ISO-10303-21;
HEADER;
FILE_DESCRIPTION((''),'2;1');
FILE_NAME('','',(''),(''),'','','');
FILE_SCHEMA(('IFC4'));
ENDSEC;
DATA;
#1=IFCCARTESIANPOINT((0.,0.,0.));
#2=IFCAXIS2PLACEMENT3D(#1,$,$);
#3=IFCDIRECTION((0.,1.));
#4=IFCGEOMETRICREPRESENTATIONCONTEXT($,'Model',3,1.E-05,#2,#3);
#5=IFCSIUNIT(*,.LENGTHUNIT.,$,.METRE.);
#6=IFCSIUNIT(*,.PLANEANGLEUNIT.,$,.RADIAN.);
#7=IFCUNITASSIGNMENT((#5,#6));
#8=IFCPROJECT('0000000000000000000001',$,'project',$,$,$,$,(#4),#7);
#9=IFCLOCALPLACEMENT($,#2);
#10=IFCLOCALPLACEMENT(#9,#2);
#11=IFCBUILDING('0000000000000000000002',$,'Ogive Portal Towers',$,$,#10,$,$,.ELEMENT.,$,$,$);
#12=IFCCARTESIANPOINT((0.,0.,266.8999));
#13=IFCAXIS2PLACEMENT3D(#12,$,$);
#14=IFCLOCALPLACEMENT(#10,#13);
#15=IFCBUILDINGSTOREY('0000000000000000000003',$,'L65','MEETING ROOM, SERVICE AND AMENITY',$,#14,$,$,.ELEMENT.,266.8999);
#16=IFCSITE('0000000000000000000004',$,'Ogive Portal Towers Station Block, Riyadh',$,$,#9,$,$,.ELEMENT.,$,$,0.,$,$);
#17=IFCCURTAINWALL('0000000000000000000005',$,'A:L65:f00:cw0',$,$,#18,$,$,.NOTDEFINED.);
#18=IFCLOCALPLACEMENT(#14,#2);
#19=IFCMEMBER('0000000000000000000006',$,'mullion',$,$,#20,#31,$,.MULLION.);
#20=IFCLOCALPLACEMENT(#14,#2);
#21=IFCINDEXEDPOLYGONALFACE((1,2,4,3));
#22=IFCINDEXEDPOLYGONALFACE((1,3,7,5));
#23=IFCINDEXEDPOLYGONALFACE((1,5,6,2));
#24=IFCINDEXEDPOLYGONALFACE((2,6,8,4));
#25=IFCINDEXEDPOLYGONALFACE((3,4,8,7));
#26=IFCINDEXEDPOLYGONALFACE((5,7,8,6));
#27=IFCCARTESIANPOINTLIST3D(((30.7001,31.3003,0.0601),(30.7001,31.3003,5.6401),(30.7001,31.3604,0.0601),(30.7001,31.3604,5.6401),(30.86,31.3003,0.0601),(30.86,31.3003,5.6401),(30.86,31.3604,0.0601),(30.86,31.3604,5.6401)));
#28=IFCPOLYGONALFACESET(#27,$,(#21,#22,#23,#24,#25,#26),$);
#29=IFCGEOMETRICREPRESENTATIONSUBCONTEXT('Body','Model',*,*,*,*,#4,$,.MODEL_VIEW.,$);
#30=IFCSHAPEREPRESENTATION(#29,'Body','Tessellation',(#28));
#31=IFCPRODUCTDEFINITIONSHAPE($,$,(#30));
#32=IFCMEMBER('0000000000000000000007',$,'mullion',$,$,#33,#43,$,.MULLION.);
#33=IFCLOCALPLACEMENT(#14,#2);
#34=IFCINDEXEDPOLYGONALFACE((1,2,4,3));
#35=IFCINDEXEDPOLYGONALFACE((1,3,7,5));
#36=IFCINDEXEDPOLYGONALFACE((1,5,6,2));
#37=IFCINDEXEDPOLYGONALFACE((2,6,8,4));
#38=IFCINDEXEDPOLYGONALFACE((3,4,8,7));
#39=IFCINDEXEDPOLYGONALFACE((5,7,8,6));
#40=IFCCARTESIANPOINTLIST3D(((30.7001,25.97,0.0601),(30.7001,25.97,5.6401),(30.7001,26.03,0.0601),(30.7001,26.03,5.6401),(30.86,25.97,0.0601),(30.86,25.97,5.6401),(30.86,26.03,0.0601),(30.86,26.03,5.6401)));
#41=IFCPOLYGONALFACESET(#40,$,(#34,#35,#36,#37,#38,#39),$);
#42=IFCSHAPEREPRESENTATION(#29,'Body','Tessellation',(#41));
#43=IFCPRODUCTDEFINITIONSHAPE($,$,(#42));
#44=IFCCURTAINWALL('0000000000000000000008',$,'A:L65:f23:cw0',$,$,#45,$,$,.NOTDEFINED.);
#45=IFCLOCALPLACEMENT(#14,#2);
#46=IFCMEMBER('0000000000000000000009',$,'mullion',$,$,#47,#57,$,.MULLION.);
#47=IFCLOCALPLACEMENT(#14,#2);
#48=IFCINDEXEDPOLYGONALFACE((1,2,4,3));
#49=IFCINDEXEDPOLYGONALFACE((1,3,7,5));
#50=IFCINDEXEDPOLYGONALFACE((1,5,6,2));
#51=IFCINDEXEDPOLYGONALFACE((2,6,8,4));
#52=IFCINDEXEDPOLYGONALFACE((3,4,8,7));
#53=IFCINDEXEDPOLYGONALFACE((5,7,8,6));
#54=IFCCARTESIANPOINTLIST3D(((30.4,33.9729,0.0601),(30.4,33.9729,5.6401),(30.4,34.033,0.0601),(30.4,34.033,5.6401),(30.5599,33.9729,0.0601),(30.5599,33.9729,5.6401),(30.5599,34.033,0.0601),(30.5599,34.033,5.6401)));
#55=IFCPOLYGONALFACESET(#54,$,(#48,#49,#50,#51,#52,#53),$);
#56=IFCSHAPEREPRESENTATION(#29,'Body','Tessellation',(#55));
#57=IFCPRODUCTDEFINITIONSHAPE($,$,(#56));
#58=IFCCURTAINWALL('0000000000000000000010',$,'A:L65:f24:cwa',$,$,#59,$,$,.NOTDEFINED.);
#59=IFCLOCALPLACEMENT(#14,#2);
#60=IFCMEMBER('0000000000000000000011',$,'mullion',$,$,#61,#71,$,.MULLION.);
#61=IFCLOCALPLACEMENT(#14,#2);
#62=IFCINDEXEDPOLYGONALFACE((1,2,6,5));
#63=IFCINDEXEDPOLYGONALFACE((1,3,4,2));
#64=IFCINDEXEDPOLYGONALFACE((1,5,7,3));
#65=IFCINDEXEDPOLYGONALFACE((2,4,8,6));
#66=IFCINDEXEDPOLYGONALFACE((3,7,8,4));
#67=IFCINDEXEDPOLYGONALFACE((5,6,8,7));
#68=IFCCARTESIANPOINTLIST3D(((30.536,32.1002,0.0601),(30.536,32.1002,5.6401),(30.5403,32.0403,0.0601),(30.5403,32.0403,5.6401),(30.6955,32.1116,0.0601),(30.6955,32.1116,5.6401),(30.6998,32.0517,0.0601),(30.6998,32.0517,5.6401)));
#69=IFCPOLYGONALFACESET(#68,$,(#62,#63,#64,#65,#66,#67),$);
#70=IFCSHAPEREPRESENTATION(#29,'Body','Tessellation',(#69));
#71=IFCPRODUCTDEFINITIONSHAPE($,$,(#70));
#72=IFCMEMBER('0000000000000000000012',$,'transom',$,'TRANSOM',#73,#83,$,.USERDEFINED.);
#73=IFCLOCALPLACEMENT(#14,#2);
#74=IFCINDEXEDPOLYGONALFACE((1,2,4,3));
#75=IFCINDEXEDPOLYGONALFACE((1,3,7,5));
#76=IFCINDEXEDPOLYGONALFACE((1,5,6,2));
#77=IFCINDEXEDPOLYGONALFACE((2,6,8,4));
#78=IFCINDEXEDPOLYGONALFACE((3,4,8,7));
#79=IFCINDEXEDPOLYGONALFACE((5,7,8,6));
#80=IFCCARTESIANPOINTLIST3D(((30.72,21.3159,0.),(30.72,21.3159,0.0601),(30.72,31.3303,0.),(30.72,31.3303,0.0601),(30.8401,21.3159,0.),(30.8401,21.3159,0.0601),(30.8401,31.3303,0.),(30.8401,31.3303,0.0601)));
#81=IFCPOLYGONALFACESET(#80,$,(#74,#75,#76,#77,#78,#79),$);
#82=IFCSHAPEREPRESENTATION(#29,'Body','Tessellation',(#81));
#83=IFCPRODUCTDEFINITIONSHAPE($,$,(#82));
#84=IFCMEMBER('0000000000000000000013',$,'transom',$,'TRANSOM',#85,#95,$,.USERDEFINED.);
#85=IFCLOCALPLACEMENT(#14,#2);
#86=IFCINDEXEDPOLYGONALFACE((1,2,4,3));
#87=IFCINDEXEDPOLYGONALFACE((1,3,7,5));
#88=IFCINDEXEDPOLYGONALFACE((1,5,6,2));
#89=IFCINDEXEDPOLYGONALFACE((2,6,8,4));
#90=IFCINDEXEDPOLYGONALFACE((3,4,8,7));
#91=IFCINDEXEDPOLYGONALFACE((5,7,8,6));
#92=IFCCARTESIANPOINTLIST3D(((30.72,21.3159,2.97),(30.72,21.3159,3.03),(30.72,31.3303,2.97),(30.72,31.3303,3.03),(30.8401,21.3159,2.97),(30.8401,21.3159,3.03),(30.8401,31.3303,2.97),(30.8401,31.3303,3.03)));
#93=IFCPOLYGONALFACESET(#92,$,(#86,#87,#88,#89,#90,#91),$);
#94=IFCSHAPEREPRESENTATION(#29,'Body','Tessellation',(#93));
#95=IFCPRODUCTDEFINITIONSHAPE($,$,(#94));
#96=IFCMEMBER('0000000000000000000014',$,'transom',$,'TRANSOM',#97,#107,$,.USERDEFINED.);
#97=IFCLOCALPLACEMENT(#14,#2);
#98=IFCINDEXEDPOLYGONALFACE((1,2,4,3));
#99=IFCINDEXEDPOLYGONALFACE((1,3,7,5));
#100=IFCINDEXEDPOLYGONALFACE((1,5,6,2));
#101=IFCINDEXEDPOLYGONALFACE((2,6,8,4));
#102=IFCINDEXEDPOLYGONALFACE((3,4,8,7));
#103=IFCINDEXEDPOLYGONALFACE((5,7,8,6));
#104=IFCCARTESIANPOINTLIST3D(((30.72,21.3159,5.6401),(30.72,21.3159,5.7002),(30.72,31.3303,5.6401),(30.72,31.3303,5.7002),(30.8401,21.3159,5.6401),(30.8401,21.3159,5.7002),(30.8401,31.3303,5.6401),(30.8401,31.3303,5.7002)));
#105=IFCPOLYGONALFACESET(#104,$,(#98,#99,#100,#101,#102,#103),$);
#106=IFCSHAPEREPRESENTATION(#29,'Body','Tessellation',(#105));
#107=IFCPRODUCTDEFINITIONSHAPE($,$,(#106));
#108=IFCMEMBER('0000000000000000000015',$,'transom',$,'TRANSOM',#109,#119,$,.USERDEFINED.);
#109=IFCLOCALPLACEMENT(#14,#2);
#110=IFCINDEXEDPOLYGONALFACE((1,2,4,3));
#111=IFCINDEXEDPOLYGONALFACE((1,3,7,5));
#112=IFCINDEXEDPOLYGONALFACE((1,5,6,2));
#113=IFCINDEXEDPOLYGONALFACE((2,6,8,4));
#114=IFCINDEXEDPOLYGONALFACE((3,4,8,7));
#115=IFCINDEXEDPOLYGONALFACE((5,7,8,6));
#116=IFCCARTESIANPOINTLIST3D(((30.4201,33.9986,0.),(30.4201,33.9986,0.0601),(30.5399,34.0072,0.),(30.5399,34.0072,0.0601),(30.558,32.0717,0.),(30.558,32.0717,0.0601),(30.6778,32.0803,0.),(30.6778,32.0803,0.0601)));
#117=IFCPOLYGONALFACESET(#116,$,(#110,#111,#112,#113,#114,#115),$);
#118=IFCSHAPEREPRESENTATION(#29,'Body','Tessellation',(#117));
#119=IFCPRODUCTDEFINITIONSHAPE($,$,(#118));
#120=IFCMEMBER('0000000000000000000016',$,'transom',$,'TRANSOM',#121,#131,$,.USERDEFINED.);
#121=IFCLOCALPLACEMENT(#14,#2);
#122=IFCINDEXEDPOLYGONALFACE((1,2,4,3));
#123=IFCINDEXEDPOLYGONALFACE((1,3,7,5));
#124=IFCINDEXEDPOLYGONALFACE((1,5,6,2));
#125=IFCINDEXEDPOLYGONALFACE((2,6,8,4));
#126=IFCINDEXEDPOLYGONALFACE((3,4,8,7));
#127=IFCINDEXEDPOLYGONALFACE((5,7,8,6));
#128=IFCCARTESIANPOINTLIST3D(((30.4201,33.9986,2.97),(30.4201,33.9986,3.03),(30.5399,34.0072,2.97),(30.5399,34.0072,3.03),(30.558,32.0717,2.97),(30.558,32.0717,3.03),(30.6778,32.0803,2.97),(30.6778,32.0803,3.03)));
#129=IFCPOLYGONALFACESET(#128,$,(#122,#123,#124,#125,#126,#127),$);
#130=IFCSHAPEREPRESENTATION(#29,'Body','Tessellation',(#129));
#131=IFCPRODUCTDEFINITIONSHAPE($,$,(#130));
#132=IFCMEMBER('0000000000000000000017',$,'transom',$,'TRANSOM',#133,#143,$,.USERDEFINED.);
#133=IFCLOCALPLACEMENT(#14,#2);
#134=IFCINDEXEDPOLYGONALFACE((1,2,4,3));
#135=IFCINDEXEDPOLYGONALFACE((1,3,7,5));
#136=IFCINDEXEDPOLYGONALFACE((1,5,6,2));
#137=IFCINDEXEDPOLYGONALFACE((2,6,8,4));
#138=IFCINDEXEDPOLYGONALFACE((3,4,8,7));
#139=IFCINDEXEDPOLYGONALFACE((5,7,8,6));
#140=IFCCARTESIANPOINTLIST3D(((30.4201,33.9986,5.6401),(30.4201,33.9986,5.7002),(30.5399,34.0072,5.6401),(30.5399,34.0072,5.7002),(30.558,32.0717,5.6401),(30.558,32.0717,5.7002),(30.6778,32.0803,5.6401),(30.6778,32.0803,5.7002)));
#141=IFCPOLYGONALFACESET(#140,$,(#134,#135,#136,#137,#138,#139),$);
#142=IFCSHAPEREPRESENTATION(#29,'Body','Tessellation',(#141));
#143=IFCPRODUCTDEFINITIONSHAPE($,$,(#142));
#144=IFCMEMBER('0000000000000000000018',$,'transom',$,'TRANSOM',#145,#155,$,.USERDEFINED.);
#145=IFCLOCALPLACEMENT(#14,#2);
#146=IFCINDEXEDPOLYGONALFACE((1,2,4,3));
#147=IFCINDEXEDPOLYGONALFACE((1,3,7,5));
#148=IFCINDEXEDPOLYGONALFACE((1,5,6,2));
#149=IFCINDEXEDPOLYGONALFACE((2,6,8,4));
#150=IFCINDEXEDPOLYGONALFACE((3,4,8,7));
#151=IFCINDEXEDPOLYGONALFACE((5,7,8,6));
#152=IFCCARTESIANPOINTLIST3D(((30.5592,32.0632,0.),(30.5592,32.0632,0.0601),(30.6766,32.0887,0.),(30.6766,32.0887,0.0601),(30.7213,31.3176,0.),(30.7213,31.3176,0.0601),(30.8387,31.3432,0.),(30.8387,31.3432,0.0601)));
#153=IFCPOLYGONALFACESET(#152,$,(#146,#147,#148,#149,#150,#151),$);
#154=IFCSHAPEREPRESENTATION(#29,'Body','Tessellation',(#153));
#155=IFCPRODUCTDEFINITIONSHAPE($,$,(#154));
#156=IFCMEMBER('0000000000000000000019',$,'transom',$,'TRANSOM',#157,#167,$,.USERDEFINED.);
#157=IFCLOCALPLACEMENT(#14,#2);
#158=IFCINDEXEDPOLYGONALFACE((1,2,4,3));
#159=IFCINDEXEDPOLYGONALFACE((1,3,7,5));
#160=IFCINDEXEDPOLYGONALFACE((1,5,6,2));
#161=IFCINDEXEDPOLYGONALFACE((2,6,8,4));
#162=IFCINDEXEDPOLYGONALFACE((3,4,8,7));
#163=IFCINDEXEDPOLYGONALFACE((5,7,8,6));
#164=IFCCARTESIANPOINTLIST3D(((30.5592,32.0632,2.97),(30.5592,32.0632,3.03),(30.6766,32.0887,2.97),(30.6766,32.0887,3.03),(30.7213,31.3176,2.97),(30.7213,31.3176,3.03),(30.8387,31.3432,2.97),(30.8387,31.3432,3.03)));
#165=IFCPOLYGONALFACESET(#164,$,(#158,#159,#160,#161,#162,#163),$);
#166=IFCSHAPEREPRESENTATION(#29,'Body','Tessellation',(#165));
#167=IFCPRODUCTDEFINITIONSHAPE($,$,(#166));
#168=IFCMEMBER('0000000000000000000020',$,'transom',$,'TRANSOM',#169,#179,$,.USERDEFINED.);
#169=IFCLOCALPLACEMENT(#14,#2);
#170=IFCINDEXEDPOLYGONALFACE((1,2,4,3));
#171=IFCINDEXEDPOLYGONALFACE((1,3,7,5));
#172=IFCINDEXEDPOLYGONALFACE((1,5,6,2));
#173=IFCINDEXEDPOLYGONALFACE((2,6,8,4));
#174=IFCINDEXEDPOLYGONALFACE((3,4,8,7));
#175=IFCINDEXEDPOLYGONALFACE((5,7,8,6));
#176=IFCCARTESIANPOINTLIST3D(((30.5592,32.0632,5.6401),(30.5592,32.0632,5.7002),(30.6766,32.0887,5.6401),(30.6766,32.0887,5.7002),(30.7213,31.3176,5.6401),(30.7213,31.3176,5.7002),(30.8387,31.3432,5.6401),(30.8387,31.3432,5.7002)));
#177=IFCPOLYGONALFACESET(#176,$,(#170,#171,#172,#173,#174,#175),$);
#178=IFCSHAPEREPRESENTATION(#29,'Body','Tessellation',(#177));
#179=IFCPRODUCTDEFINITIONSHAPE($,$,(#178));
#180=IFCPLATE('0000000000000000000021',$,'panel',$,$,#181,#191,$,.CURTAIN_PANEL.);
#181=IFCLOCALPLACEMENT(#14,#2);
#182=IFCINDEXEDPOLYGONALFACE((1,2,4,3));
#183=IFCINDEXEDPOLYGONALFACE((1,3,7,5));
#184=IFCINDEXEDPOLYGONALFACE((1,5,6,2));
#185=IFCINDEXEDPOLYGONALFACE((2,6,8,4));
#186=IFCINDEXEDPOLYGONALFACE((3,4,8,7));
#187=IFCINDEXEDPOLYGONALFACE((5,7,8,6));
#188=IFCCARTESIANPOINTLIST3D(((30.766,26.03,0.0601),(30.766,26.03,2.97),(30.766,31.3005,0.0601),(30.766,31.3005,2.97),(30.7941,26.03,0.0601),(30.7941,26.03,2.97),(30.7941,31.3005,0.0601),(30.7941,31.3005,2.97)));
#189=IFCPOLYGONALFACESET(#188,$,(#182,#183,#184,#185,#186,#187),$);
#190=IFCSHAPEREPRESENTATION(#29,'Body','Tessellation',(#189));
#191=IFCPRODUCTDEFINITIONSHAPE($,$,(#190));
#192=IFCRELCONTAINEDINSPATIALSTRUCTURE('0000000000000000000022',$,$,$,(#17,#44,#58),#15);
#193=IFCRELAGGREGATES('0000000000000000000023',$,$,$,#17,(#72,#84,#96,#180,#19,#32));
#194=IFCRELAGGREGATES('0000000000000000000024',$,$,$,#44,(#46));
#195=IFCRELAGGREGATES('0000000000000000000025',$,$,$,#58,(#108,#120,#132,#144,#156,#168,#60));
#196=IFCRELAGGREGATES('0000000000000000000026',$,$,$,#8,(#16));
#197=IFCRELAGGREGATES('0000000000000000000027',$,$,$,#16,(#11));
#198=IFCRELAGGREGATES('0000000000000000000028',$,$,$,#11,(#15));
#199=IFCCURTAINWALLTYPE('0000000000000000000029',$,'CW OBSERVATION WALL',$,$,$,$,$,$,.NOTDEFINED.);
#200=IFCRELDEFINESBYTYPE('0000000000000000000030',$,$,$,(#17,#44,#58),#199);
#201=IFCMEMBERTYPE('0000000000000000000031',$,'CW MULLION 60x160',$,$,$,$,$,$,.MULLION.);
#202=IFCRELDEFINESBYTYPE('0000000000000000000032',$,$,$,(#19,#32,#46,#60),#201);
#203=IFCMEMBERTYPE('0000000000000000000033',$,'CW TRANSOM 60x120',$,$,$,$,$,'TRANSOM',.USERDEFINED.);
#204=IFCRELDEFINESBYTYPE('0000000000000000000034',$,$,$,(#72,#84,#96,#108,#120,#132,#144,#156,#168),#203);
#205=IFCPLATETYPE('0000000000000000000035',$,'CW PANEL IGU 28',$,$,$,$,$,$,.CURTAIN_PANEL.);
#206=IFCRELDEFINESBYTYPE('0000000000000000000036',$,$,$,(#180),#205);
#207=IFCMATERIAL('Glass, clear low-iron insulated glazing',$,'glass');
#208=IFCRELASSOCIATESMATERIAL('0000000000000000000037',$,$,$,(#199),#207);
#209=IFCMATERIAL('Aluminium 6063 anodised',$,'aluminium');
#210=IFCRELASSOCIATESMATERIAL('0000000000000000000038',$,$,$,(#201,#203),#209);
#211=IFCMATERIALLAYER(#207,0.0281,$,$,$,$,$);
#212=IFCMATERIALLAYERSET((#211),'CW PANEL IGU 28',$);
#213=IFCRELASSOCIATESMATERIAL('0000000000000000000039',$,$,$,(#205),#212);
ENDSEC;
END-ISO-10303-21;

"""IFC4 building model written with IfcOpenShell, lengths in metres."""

from ifc_helpers import new_model, si_unit, direction, frame, origin, origin_2d, place, context, subcontext, project, spatial, rectangle, extrude, material, layer, layer_set, material_profile, profile_set, type_object, element, aggregate, save


model = new_model("IFC4")

# Units and contexts
model_context = context("Model", 3, precision=1e-05, world=origin(), true_north=direction((0.0, 1.0)))
body_context = subcontext(model_context, "Body", "Model", "MODEL_VIEW")
ifc_project = project(units=[si_unit("LENGTHUNIT", "METRE"), si_unit("PLANEANGLEUNIT", "RADIAN")], contexts=[model_context])

# Site, building, storey
site_placement = place(None, origin())
site = spatial("IfcSite", under=ifc_project, at=site_placement, Name="Ogive Portal Towers Station Block, Riyadh", CompositionType="ELEMENT", RefElevation=0.0)
building_placement = place(site_placement, origin())
building = spatial("IfcBuilding", under=site, at=building_placement, Name="Ogive Portal Towers", CompositionType="ELEMENT")
storey_placement = place(building_placement, frame((0.0, 0.0, 266.8999)))
storey = spatial("IfcBuildingStorey", under=building, at=storey_placement, Name="L65", Description="MEETING ROOM, SERVICE AND AMENITY", CompositionType="ELEMENT", Elevation=266.8999)

# Curtain wall, members
ifc_material_1 = material(Name="Glass, clear low-iron insulated glazing", Category="glass")
curtain_wall_type = type_object("IfcCurtainWallType", Name="CW OBSERVATION WALL", PredefinedType="NOTDEFINED", material=ifc_material_1)
curtain_wall_1_placement = place(storey_placement, origin())
curtain_wall_1 = element("IfcCurtainWall", 1, at=curtain_wall_1_placement, inside=storey, type_object=curtain_wall_type, Name="A:L65:f00:cw0", PredefinedType="NOTDEFINED")
ifc_material_2 = material(Name="Aluminium 6063 anodised", Category="aluminium")
ifc_material_profile_1 = material_profile(ifc_material_2, rectangle(XDim=0.1599, YDim=0.0601, at=origin_2d()), Name="AL 60x160")
ifc_profile_set_1 = profile_set([ifc_material_profile_1], Name="Aluminium 6063 anodised")
member_type_1 = type_object("IfcMemberType", Name="CW MULLION 60x160", PredefinedType="MULLION", material=ifc_profile_set_1)
member_1_placement = place(storey_placement, frame((30.78, 31.3303, 0.0601), z_axis=(0.0, 0.0, 1.0), x_axis=(1.0, 0.0, 0.0)))
member_1 = element("IfcMember", 2, at=member_1_placement, type_object=member_type_1, Name="mullion", PredefinedType="MULLION", context=body_context, shape_type="SweptSolid", body=[
    extrude(rectangle(XDim=0.1599, YDim=0.0601, at=origin_2d()), origin(), (0.0, 0.0, 1.0), 5.5801),
])
member_2_placement = place(storey_placement, frame((30.78, 26.0, 0.0601), z_axis=(0.0, 0.0, 1.0), x_axis=(1.0, 0.0, 0.0)))
member_2 = element("IfcMember", 3, at=member_2_placement, type_object=member_type_1, Name="mullion", PredefinedType="MULLION", context=body_context, shape_type="SweptSolid", body=[
    extrude(rectangle(XDim=0.1599, YDim=0.0601, at=origin_2d()), origin(), (0.0, 0.0, 1.0), 5.5801),
])

# Curtain walls, members
curtain_wall_2_placement = place(storey_placement, origin())
curtain_wall_2 = element("IfcCurtainWall", 4, at=curtain_wall_2_placement, inside=storey, type_object=curtain_wall_type, Name="A:L65:f23:cw0", PredefinedType="NOTDEFINED")
member_3_placement = place(storey_placement, frame((30.48, 34.0029, 0.0601), z_axis=(0.0, 0.0, 1.0), x_axis=(1.0, 0.0, 0.0)))
member_3 = element("IfcMember", 5, at=member_3_placement, type_object=member_type_1, Name="mullion", PredefinedType="MULLION", context=body_context, shape_type="SweptSolid", body=[
    extrude(rectangle(XDim=0.1599, YDim=0.0601, at=origin_2d()), origin(), (0.0, 0.0, 1.0), 5.5801),
])
curtain_wall_3_placement = place(storey_placement, origin())
curtain_wall_3 = element("IfcCurtainWall", 6, at=curtain_wall_3_placement, inside=storey, type_object=curtain_wall_type, Name="A:L65:f24:cwa", PredefinedType="NOTDEFINED")
member_4_placement = place(storey_placement, frame((30.6179, 32.0759, 0.0601), z_axis=(0.0, 0.0, 1.0), x_axis=(0.997452, 0.071339, 0.0)))
member_4 = element("IfcMember", 7, at=member_4_placement, type_object=member_type_1, Name="mullion", PredefinedType="MULLION", context=body_context, shape_type="SweptSolid", body=[
    extrude(rectangle(XDim=0.1599, YDim=0.0601, at=origin_2d()), origin(), (0.0, 0.0, 1.0), 5.5801),
])

# Members
ifc_material_profile_2 = material_profile(ifc_material_2, rectangle(XDim=0.1201, YDim=0.0601, at=origin_2d()), Name="AL 120x60")
ifc_profile_set_2 = profile_set([ifc_material_profile_2], Name="Aluminium 6063 anodised")
member_type_2 = type_object("IfcMemberType", Name="CW TRANSOM 60x120", ElementType="TRANSOM", PredefinedType="USERDEFINED", material=ifc_profile_set_2)
member_5_placement = place(storey_placement, frame((30.78, 31.3303, 0.03), z_axis=(0.0, -1.0, 0.0), x_axis=(1.0, 0.0, 0.0)))
member_5 = element("IfcMember", 8, at=member_5_placement, type_object=member_type_2, Name="transom", ObjectType="TRANSOM", PredefinedType="USERDEFINED", context=body_context, shape_type="SweptSolid", body=[
    extrude(rectangle(XDim=0.1201, YDim=0.0601, at=origin_2d()), origin(), (0.0, 0.0, 1.0), 10.0144),
])
member_6_placement = place(storey_placement, frame((30.78, 31.3303, 3.0), z_axis=(0.0, -1.0, 0.0), x_axis=(1.0, 0.0, 0.0)))
member_6 = element("IfcMember", 9, at=member_6_placement, type_object=member_type_2, Name="transom", ObjectType="TRANSOM", PredefinedType="USERDEFINED", context=body_context, shape_type="SweptSolid", body=[
    extrude(rectangle(XDim=0.1201, YDim=0.0601, at=origin_2d()), origin(), (0.0, 0.0, 1.0), 10.0144),
])
member_7_placement = place(storey_placement, frame((30.78, 31.3303, 5.6702), z_axis=(0.0, -1.0, 0.0), x_axis=(1.0, 0.0, 0.0)))
member_7 = element("IfcMember", 10, at=member_7_placement, type_object=member_type_2, Name="transom", ObjectType="TRANSOM", PredefinedType="USERDEFINED", context=body_context, shape_type="SweptSolid", body=[
    extrude(rectangle(XDim=0.1201, YDim=0.0601, at=origin_2d()), origin(), (0.0, 0.0, 1.0), 10.0144),
])
member_8_placement = place(storey_placement, frame((30.48, 34.0029, 0.03), z_axis=(0.0714, -0.997448, 0.0), x_axis=(0.997448, 0.0714, 0.0)))
member_8 = element("IfcMember", 11, at=member_8_placement, type_object=member_type_2, Name="transom", ObjectType="TRANSOM", PredefinedType="USERDEFINED", context=body_context, shape_type="SweptSolid", body=[
    extrude(rectangle(XDim=0.1201, YDim=0.0601, at=origin_2d()), origin(), (0.0, 0.0, 1.0), 1.9319),
])
member_9_placement = place(storey_placement, frame((30.48, 34.0029, 3.0), z_axis=(0.0714, -0.997448, 0.0), x_axis=(0.997448, 0.0714, 0.0)))
member_9 = element("IfcMember", 12, at=member_9_placement, type_object=member_type_2, Name="transom", ObjectType="TRANSOM", PredefinedType="USERDEFINED", context=body_context, shape_type="SweptSolid", body=[
    extrude(rectangle(XDim=0.1201, YDim=0.0601, at=origin_2d()), origin(), (0.0, 0.0, 1.0), 1.9319),
])
member_10_placement = place(storey_placement, frame((30.48, 34.0029, 5.6702), z_axis=(0.0714, -0.997448, 0.0), x_axis=(0.997448, 0.0714, 0.0)))
member_10 = element("IfcMember", 13, at=member_10_placement, type_object=member_type_2, Name="transom", ObjectType="TRANSOM", PredefinedType="USERDEFINED", context=body_context, shape_type="SweptSolid", body=[
    extrude(rectangle(XDim=0.1201, YDim=0.0601, at=origin_2d()), origin(), (0.0, 0.0, 1.0), 1.9319),
])
member_11_placement = place(storey_placement, frame((30.6179, 32.0759, 0.03), z_axis=(0.212456, -0.977171, 0.0), x_axis=(0.977171, 0.212456, 0.0)))
member_11 = element("IfcMember", 14, at=member_11_placement, type_object=member_type_2, Name="transom", ObjectType="TRANSOM", PredefinedType="USERDEFINED", context=body_context, shape_type="SweptSolid", body=[
    extrude(rectangle(XDim=0.1201, YDim=0.0601, at=origin_2d()), origin(), (0.0, 0.0, 1.0), 0.7629),
])
member_12_placement = place(storey_placement, frame((30.6179, 32.0759, 3.0), z_axis=(0.212456, -0.977171, 0.0), x_axis=(0.977171, 0.212456, 0.0)))
member_12 = element("IfcMember", 15, at=member_12_placement, type_object=member_type_2, Name="transom", ObjectType="TRANSOM", PredefinedType="USERDEFINED", context=body_context, shape_type="SweptSolid", body=[
    extrude(rectangle(XDim=0.1201, YDim=0.0601, at=origin_2d()), origin(), (0.0, 0.0, 1.0), 0.7629),
])
member_13_placement = place(storey_placement, frame((30.6179, 32.0759, 5.6702), z_axis=(0.212456, -0.977171, 0.0), x_axis=(0.977171, 0.212456, 0.0)))
member_13 = element("IfcMember", 16, at=member_13_placement, type_object=member_type_2, Name="transom", ObjectType="TRANSOM", PredefinedType="USERDEFINED", context=body_context, shape_type="SweptSolid", body=[
    extrude(rectangle(XDim=0.1201, YDim=0.0601, at=origin_2d()), origin(), (0.0, 0.0, 1.0), 0.7629),
])

# Plate
ifc_layer = layer(ifc_material_1, 0.0281)
ifc_layer_set = layer_set([ifc_layer], Name="CW PANEL IGU 28")
plate_type = type_object("IfcPlateType", Name="CW PANEL IGU 28", PredefinedType="CURTAIN_PANEL", material=ifc_layer_set)
plate_1_placement = place(storey_placement, frame((30.78, 28.6653, 0.0601), z_axis=(0.0, 0.0, 1.0), x_axis=(0.0, -1.0, 0.0)))
plate_1 = element("IfcPlate", 17, at=plate_1_placement, type_object=plate_type, Name="panel", PredefinedType="CURTAIN_PANEL", context=body_context, shape_type="SweptSolid", body=[
    extrude(rectangle(XDim=5.2705, YDim=0.0281, at=origin_2d()), origin(), (0.0, 0.0, 1.0), 2.9099),
])
aggregate(curtain_wall_1, [member_5, member_6, member_7, plate_1, member_1, member_2])
aggregate(curtain_wall_2, [member_3])
aggregate(curtain_wall_3, [member_8, member_9, member_10, member_11, member_12, member_13, member_4])

save(model, "model.ifc")
